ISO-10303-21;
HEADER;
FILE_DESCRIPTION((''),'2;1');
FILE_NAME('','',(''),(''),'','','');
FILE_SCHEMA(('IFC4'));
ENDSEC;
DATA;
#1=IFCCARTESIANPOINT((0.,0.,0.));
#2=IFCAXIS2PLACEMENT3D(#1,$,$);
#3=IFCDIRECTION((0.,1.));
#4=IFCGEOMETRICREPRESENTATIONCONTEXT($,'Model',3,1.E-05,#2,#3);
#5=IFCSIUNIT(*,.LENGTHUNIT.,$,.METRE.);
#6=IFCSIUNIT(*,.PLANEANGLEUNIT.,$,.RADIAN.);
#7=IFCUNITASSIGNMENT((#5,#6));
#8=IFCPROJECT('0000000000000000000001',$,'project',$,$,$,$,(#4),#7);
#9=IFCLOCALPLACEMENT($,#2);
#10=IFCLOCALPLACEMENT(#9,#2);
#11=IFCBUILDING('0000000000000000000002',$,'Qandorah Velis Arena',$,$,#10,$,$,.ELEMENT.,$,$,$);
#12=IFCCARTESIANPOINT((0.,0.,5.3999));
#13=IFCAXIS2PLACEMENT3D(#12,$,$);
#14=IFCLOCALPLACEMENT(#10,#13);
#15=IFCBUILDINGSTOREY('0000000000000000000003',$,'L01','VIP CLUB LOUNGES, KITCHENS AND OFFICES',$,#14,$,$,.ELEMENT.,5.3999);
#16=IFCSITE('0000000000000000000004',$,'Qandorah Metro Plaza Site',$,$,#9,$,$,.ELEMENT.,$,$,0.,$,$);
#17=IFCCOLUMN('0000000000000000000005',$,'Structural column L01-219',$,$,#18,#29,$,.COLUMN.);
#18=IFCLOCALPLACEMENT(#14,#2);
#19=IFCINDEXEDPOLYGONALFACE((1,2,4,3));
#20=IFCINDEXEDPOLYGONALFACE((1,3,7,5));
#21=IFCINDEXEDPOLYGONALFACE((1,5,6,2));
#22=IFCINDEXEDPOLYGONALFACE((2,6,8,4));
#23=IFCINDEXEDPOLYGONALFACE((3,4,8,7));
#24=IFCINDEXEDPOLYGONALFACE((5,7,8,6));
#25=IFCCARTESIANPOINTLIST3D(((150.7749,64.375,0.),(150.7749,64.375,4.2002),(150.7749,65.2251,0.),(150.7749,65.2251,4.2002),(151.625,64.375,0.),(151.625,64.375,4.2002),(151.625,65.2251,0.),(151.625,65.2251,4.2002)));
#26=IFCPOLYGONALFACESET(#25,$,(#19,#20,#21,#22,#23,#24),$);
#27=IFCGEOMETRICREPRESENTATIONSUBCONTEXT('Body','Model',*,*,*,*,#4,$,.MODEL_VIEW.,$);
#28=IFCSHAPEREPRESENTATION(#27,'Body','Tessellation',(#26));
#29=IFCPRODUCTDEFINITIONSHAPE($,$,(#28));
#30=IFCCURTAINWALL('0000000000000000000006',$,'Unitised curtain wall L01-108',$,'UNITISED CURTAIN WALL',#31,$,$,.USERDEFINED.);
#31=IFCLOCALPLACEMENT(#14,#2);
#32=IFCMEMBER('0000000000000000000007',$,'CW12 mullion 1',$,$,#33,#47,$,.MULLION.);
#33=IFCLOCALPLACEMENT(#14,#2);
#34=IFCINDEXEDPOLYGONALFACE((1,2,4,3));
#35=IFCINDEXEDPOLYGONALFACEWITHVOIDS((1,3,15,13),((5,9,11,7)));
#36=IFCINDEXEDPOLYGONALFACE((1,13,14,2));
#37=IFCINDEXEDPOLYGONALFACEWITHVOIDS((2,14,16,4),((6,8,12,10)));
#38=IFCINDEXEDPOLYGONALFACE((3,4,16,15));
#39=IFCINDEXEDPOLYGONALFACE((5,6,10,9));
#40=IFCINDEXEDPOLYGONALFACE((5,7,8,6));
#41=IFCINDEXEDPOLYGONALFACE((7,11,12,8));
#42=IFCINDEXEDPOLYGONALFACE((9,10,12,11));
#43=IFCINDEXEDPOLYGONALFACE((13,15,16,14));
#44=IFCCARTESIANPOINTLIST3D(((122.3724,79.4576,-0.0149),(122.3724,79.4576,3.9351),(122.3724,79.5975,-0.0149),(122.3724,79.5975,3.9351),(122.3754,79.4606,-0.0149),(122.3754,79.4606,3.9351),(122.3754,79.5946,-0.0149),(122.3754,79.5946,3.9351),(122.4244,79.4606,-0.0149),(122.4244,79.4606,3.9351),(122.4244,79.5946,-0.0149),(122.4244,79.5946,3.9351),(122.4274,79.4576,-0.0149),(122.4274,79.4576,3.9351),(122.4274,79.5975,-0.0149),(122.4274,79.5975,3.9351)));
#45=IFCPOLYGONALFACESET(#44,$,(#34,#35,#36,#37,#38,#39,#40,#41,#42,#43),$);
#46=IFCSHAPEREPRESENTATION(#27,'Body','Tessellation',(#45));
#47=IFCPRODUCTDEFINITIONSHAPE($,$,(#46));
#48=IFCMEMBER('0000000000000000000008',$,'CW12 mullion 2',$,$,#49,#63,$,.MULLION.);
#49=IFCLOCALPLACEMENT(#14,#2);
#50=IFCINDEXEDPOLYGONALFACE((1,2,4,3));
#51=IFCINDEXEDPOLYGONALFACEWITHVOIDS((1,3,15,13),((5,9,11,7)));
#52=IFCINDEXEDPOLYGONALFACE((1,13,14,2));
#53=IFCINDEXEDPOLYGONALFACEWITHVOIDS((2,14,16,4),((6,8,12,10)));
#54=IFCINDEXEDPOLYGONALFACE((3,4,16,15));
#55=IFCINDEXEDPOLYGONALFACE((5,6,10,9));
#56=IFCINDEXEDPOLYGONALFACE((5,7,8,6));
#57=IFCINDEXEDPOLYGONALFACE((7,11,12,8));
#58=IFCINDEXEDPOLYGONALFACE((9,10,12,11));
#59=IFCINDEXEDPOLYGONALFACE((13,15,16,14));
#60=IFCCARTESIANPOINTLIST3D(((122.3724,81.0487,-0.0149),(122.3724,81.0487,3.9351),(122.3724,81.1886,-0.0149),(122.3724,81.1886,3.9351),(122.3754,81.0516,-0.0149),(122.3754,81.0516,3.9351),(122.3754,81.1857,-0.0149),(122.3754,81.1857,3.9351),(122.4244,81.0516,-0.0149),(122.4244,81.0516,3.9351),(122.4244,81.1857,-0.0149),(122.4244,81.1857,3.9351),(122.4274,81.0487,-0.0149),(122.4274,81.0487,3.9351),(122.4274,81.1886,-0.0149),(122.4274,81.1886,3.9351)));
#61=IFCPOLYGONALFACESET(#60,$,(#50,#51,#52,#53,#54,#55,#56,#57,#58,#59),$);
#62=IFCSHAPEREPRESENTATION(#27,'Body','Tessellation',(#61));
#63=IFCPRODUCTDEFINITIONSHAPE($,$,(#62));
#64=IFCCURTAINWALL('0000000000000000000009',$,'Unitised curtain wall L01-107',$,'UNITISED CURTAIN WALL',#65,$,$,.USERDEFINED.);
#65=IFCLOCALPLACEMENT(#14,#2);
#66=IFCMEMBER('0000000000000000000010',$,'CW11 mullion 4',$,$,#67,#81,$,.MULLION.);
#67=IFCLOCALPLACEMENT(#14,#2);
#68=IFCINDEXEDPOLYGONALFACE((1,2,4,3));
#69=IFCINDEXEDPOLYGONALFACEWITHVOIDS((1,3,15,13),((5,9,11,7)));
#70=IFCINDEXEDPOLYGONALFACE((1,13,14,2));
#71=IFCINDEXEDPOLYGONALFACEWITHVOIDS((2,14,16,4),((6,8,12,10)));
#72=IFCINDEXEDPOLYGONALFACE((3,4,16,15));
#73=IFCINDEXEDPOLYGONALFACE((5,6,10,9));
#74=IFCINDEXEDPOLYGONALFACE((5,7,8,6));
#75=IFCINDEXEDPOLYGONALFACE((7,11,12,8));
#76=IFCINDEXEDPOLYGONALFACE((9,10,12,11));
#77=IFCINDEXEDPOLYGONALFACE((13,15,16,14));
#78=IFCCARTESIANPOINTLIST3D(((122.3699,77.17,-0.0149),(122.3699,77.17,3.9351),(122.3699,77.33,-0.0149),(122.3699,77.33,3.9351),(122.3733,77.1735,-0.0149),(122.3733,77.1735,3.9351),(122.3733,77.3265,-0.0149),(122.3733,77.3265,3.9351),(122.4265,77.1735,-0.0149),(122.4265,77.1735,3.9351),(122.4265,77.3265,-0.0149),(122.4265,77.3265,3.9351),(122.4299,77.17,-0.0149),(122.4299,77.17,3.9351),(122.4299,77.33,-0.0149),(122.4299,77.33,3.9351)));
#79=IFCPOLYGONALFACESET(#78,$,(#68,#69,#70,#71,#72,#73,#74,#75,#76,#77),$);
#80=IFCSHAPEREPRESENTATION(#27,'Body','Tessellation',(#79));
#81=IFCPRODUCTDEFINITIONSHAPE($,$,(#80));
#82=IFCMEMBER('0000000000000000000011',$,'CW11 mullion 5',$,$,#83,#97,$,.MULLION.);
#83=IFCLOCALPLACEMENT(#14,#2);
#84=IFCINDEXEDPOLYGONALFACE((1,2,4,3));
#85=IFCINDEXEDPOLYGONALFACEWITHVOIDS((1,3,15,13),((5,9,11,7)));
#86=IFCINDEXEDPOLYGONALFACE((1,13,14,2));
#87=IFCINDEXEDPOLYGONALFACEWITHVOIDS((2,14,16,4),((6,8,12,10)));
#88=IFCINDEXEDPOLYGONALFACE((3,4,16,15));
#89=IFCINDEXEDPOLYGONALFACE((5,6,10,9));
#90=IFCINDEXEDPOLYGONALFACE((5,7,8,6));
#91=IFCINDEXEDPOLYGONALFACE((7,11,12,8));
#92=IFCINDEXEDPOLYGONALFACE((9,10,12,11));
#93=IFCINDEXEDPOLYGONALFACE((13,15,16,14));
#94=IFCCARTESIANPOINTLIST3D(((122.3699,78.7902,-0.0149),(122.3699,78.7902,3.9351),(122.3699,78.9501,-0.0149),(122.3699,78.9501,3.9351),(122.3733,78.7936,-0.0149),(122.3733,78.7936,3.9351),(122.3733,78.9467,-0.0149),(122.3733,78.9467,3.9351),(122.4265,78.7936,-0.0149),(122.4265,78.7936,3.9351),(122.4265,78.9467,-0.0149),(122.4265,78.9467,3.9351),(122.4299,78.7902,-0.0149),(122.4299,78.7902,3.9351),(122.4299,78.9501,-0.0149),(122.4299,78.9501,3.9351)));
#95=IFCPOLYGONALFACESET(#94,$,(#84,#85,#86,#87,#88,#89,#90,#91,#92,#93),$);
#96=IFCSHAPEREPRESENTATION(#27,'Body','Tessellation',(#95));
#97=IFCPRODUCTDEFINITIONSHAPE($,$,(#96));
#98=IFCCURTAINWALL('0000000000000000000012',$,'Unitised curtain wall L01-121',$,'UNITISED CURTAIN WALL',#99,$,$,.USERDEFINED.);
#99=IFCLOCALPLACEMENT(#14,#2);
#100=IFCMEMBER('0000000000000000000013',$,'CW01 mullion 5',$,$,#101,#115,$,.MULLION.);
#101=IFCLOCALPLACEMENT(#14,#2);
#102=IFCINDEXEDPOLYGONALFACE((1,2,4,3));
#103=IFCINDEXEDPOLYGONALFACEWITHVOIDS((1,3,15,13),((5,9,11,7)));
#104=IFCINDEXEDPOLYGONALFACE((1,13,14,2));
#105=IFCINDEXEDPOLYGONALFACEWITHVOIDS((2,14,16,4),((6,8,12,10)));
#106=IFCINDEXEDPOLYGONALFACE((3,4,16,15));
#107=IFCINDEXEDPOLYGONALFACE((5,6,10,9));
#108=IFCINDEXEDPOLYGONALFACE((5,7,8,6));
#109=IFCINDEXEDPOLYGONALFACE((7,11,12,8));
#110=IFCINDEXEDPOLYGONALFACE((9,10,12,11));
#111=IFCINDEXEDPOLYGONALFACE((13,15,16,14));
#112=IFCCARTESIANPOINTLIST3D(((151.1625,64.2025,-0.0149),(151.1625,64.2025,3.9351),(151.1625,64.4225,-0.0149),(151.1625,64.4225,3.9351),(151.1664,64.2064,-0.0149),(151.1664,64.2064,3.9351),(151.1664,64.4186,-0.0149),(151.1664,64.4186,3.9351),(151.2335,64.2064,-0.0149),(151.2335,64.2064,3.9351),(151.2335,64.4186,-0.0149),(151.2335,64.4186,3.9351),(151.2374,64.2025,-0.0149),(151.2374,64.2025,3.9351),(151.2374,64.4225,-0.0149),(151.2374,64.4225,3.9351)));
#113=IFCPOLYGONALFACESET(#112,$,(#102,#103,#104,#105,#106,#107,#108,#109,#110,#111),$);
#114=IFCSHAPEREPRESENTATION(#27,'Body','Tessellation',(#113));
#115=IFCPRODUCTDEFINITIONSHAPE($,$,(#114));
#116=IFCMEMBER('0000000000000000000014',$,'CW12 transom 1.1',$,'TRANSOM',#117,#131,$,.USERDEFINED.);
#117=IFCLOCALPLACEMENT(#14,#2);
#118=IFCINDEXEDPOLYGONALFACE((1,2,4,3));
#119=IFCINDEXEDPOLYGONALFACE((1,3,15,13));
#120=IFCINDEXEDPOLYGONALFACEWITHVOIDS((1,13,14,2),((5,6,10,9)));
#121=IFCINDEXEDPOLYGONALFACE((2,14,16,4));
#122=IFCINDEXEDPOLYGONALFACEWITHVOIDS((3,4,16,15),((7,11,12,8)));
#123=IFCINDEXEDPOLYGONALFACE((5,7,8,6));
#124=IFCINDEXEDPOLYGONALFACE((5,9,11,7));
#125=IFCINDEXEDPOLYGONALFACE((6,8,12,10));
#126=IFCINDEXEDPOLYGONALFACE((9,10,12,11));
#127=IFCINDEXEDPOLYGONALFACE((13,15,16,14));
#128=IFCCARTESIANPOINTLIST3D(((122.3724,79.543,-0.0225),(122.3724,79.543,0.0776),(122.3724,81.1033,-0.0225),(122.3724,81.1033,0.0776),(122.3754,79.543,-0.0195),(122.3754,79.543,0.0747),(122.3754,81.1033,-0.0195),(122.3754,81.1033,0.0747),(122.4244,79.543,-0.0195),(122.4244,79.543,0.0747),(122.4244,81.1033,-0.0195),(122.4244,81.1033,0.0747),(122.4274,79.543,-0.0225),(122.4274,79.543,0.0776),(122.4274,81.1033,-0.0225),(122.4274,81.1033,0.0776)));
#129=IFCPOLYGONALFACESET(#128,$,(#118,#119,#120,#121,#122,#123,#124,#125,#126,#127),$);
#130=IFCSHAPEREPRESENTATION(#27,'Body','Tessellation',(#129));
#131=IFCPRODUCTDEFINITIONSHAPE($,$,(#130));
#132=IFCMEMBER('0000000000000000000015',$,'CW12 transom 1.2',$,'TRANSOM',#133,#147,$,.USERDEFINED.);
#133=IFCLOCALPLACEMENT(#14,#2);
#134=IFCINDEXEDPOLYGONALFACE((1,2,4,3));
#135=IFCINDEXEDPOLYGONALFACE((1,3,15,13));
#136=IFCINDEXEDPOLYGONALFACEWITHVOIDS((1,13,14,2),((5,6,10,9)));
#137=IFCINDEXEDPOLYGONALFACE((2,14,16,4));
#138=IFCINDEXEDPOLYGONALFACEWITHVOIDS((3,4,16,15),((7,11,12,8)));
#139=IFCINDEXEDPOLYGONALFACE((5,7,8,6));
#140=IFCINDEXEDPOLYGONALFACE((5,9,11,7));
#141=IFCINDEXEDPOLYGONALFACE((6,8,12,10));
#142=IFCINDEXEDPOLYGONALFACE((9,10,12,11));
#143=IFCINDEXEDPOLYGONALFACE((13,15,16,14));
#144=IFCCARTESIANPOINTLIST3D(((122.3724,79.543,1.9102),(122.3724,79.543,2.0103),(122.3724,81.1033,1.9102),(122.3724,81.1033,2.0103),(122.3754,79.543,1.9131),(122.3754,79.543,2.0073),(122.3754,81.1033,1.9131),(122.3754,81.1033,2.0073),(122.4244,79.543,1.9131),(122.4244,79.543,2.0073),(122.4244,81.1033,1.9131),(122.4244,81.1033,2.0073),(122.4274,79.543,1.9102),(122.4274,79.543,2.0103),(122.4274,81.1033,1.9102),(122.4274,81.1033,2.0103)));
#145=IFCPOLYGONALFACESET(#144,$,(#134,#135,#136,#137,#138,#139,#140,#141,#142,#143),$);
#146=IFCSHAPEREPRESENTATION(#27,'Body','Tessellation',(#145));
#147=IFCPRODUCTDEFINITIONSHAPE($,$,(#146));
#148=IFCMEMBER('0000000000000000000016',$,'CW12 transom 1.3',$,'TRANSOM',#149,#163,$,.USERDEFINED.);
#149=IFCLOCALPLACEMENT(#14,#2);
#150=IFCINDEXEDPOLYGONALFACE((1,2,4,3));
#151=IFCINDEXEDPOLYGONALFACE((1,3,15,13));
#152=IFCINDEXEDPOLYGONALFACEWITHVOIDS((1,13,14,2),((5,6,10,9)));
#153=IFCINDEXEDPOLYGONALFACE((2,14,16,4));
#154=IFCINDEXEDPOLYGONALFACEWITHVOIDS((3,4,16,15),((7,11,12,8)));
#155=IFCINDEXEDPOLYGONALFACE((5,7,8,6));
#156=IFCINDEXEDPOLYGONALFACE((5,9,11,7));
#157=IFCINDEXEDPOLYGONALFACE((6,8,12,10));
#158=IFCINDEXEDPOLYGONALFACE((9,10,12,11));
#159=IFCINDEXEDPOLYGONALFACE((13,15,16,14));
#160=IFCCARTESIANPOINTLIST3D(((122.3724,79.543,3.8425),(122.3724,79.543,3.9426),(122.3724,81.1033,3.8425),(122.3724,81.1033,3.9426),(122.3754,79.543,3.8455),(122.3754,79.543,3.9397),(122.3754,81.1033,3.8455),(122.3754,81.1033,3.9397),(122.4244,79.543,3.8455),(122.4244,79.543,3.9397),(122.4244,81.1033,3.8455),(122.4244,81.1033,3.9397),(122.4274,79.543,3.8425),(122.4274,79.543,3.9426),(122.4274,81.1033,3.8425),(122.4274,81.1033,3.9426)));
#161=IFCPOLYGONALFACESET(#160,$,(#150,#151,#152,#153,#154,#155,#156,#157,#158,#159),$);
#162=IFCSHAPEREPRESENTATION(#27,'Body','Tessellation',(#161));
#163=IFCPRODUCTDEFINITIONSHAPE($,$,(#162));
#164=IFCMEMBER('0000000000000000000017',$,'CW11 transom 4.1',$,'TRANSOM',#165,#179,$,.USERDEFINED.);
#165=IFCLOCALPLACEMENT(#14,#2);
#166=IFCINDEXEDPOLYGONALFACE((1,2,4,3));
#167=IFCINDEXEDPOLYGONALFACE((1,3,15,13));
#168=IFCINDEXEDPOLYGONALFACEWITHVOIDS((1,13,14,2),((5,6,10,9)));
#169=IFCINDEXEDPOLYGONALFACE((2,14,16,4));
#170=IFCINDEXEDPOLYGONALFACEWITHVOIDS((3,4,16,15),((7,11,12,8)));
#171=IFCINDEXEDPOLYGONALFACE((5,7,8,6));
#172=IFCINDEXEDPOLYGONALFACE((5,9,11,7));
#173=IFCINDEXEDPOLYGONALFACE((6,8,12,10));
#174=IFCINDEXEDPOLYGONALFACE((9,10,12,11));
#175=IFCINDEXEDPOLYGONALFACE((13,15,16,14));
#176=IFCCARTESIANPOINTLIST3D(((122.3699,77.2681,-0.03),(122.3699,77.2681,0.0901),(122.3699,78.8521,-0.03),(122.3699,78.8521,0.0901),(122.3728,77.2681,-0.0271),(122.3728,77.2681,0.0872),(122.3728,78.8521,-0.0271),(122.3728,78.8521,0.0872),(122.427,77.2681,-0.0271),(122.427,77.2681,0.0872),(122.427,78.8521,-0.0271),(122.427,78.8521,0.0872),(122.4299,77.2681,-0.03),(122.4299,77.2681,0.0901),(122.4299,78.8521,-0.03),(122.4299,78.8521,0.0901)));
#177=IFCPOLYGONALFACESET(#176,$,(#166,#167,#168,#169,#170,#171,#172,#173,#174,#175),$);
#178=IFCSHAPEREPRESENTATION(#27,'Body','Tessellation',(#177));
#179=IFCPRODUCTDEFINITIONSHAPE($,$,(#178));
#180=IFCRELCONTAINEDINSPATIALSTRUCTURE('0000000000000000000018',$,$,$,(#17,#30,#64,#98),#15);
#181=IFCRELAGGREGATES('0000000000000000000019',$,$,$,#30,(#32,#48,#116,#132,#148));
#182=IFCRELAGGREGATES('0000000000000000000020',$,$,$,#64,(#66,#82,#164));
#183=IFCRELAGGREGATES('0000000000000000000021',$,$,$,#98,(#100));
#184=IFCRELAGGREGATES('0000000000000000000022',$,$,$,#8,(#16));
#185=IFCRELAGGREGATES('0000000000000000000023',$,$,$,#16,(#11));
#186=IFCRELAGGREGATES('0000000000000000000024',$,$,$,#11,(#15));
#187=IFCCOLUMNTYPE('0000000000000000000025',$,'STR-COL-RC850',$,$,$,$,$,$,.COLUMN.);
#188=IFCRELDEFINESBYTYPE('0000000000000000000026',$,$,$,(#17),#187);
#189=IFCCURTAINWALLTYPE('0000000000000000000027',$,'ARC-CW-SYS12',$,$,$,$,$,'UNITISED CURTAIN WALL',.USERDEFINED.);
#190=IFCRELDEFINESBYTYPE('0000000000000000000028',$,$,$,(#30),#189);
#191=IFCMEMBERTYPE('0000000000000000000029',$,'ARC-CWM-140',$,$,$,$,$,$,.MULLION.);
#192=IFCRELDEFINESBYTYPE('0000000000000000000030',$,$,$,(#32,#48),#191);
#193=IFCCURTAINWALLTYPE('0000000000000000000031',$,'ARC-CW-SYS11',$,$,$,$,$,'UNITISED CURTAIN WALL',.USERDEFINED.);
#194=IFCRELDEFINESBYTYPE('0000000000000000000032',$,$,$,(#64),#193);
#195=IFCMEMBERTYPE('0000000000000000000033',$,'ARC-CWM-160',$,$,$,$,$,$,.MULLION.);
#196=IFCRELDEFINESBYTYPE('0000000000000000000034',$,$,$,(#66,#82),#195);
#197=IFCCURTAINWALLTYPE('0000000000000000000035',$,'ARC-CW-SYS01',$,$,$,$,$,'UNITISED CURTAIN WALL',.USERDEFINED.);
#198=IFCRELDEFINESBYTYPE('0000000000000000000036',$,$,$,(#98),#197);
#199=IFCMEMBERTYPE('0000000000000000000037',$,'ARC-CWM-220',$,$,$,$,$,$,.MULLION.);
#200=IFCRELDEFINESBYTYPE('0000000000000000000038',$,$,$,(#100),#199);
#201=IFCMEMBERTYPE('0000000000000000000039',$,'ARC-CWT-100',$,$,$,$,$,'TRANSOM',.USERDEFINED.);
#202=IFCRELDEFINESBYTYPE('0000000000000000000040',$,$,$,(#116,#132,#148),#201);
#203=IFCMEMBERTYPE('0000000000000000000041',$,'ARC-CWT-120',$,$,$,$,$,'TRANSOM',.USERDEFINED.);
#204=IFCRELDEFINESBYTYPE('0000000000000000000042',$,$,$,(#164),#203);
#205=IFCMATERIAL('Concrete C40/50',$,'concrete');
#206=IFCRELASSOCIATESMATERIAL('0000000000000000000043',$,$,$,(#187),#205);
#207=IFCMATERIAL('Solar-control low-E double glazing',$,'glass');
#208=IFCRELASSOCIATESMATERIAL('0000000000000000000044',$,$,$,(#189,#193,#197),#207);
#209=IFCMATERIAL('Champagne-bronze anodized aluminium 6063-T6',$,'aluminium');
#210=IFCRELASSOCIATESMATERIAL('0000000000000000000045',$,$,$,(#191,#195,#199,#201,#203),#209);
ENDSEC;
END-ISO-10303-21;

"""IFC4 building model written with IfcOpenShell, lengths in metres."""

from ifc_helpers import new_model, si_unit, direction, frame, origin, origin_2d, place, context, subcontext, project, spatial, rectangle, hollow_rectangle, extrude, material, material_profile, profile_set, type_object, element, aggregate, save


model = new_model("IFC4")

# Units and contexts
model_context = context("Model", 3, precision=1e-05, world=origin(), true_north=direction((0.0, 1.0)))
body_context = subcontext(model_context, "Body", "Model", "MODEL_VIEW")
ifc_project = project(units=[si_unit("LENGTHUNIT", "METRE"), si_unit("PLANEANGLEUNIT", "RADIAN")], contexts=[model_context])

# Site, building, storey
site_placement = place(None, origin())
site = spatial("IfcSite", under=ifc_project, at=site_placement, Name="Qandorah Metro Plaza Site", CompositionType="ELEMENT", RefElevation=0.0)
building_placement = place(site_placement, origin())
building = spatial("IfcBuilding", under=site, at=building_placement, Name="Qandorah Velis Arena", CompositionType="ELEMENT")
storey_placement = place(building_placement, frame((0.0, 0.0, 5.3999)))
storey = spatial("IfcBuildingStorey", under=building, at=storey_placement, Name="L01", Description="VIP CLUB LOUNGES, KITCHENS AND OFFICES", CompositionType="ELEMENT", Elevation=5.3999)

# Column
ifc_material_1 = material(Name="Concrete C40/50", Category="concrete")
ifc_material_profile_1 = material_profile(ifc_material_1, rectangle(XDim=0.8501, YDim=0.8501, at=origin_2d()), Name="RC COL 850x850")
ifc_profile_set_1 = profile_set([ifc_material_profile_1], Name="Concrete C40/50")
column_type = type_object("IfcColumnType", Name="STR-COL-RC850", PredefinedType="COLUMN", material=ifc_profile_set_1)
column_placement = place(storey_placement, frame((151.2, 64.8, 0.0), z_axis=(0.0, 0.0, 1.0), x_axis=(1.0, 0.0, 0.0)))
element("IfcColumn", 1, at=column_placement, inside=storey, type_object=column_type, Name="Structural column L01-219", PredefinedType="COLUMN", context=body_context, shape_type="SweptSolid", body=[
    extrude(rectangle(XDim=0.8501, YDim=0.8501, at=origin_2d()), origin(), (0.0, 0.0, 1.0), 4.2002),
])

# Curtain walls, members
ifc_material_2 = material(Name="Solar-control low-E double glazing", Category="glass")
curtain_wall_type_1 = type_object("IfcCurtainWallType", Name="ARC-CW-SYS12", ElementType="UNITISED CURTAIN WALL", PredefinedType="USERDEFINED", material=ifc_material_2)
curtain_wall_1_placement = place(storey_placement, origin())
curtain_wall_1 = element("IfcCurtainWall", 2, at=curtain_wall_1_placement, inside=storey, type_object=curtain_wall_type_1, Name="Unitised curtain wall L01-108", ObjectType="UNITISED CURTAIN WALL", PredefinedType="USERDEFINED")
ifc_material_3 = material(Name="Champagne-bronze anodized aluminium 6063-T6", Category="aluminium")
ifc_material_profile_2 = material_profile(ifc_material_3, hollow_rectangle(XDim=0.0549, YDim=0.1399, WallThickness=0.0029, at=origin_2d()), Name="ALU MULLION 55x140")
ifc_profile_set_2 = profile_set([ifc_material_profile_2], Name="Champagne-bronze anodized aluminium 6063-T6")
member_type_1 = type_object("IfcMemberType", Name="ARC-CWM-140", PredefinedType="MULLION", material=ifc_profile_set_2)
member_1_placement = place(storey_placement, frame((122.3999, 79.5276, -0.0149), z_axis=(0.0, 0.0, 1.0), x_axis=(-1.0, 0.0, 0.0)))
member_1 = element("IfcMember", 3, at=member_1_placement, type_object=member_type_1, Name="CW12 mullion 1", PredefinedType="MULLION", context=body_context, shape_type="SweptSolid", body=[
    extrude(hollow_rectangle(XDim=0.0549, YDim=0.1399, WallThickness=0.0029, at=origin_2d()), origin(), (0.0, 0.0, 1.0), 3.95),
])
member_2_placement = place(storey_placement, frame((122.3999, 81.1187, -0.0149), z_axis=(0.0, 0.0, 1.0), x_axis=(-1.0, 0.0, 0.0)))
member_2 = element("IfcMember", 4, at=member_2_placement, type_object=member_type_1, Name="CW12 mullion 2", PredefinedType="MULLION", context=body_context, shape_type="SweptSolid", body=[
    extrude(hollow_rectangle(XDim=0.0549, YDim=0.1399, WallThickness=0.0029, at=origin_2d()), origin(), (0.0, 0.0, 1.0), 3.95),
])
curtain_wall_type_2 = type_object("IfcCurtainWallType", Name="ARC-CW-SYS11", ElementType="UNITISED CURTAIN WALL", PredefinedType="USERDEFINED", material=ifc_material_2)
curtain_wall_2_placement = place(storey_placement, origin())
curtain_wall_2 = element("IfcCurtainWall", 5, at=curtain_wall_2_placement, inside=storey, type_object=curtain_wall_type_2, Name="Unitised curtain wall L01-107", ObjectType="UNITISED CURTAIN WALL", PredefinedType="USERDEFINED")
ifc_material_profile_3 = material_profile(ifc_material_3, hollow_rectangle(XDim=0.0601, YDim=0.1599, WallThickness=0.0034, at=origin_2d()), Name="ALU MULLION 60x160")
ifc_profile_set_3 = profile_set([ifc_material_profile_3], Name="Champagne-bronze anodized aluminium 6063-T6")
member_type_2 = type_object("IfcMemberType", Name="ARC-CWM-160", PredefinedType="MULLION", material=ifc_profile_set_3)
member_3_placement = place(storey_placement, frame((122.3999, 77.25, -0.0149), z_axis=(0.0, 0.0, 1.0), x_axis=(-1.0, 0.0, 0.0)))
member_3 = element("IfcMember", 6, at=member_3_placement, type_object=member_type_2, Name="CW11 mullion 4", PredefinedType="MULLION", context=body_context, shape_type="SweptSolid", body=[
    extrude(hollow_rectangle(XDim=0.0601, YDim=0.1599, WallThickness=0.0034, at=origin_2d()), origin(), (0.0, 0.0, 1.0), 3.95),
])
member_4_placement = place(storey_placement, frame((122.3999, 78.8701, -0.0149), z_axis=(0.0, 0.0, 1.0), x_axis=(-1.0, 0.0, 0.0)))
member_4 = element("IfcMember", 7, at=member_4_placement, type_object=member_type_2, Name="CW11 mullion 5", PredefinedType="MULLION", context=body_context, shape_type="SweptSolid", body=[
    extrude(hollow_rectangle(XDim=0.0601, YDim=0.1599, WallThickness=0.0034, at=origin_2d()), origin(), (0.0, 0.0, 1.0), 3.95),
])

# Curtain wall, member
curtain_wall_type_3 = type_object("IfcCurtainWallType", Name="ARC-CW-SYS01", ElementType="UNITISED CURTAIN WALL", PredefinedType="USERDEFINED", material=ifc_material_2)
curtain_wall_3_placement = place(storey_placement, origin())
curtain_wall_3 = element("IfcCurtainWall", 8, at=curtain_wall_3_placement, inside=storey, type_object=curtain_wall_type_3, Name="Unitised curtain wall L01-121", ObjectType="UNITISED CURTAIN WALL", PredefinedType="USERDEFINED")
ifc_material_profile_4 = material_profile(ifc_material_3, hollow_rectangle(XDim=0.075, YDim=0.22, WallThickness=0.0039, at=origin_2d()), Name="ALU MULLION 75x220")
ifc_profile_set_4 = profile_set([ifc_material_profile_4], Name="Champagne-bronze anodized aluminium 6063-T6")
member_type_3 = type_object("IfcMemberType", Name="ARC-CWM-220", PredefinedType="MULLION", material=ifc_profile_set_4)
member_5_placement = place(storey_placement, frame((151.2, 64.3125, -0.0149), z_axis=(0.0, 0.0, 1.0), x_axis=(-1.0, 0.0, 0.0)))
member_5 = element("IfcMember", 9, at=member_5_placement, type_object=member_type_3, Name="CW01 mullion 5", PredefinedType="MULLION", context=body_context, shape_type="SweptSolid", body=[
    extrude(hollow_rectangle(XDim=0.075, YDim=0.22, WallThickness=0.0039, at=origin_2d()), origin(), (0.0, 0.0, 1.0), 3.95),
])

# Members
ifc_material_profile_5 = material_profile(ifc_material_3, hollow_rectangle(XDim=0.0549, YDim=0.1001, WallThickness=0.0029, at=origin_2d()), Name="ALU TRANSOM 55x100")
ifc_profile_set_5 = profile_set([ifc_material_profile_5], Name="Champagne-bronze anodized aluminium 6063-T6")
member_type_4 = type_object("IfcMemberType", Name="ARC-CWT-100", ElementType="TRANSOM", PredefinedType="USERDEFINED", material=ifc_profile_set_5)
member_6_placement = place(storey_placement, frame((122.3999, 79.543, 0.0276), z_axis=(0.0, 1.0, 0.0), x_axis=(-1.0, 0.0, 0.0)))
member_6 = element("IfcMember", 10, at=member_6_placement, type_object=member_type_4, Name="CW12 transom 1.1", ObjectType="TRANSOM", PredefinedType="USERDEFINED", context=body_context, shape_type="SweptSolid", body=[
    extrude(hollow_rectangle(XDim=0.0549, YDim=0.1001, WallThickness=0.0029, at=origin_2d()), origin(), (0.0, 0.0, 1.0), 1.5603),
])
member_7_placement = place(storey_placement, frame((122.3999, 79.543, 1.9602), z_axis=(0.0, 1.0, 0.0), x_axis=(-1.0, 0.0, 0.0)))
member_7 = element("IfcMember", 11, at=member_7_placement, type_object=member_type_4, Name="CW12 transom 1.2", ObjectType="TRANSOM", PredefinedType="USERDEFINED", context=body_context, shape_type="SweptSolid", body=[
    extrude(hollow_rectangle(XDim=0.0549, YDim=0.1001, WallThickness=0.0029, at=origin_2d()), origin(), (0.0, 0.0, 1.0), 1.5603),
])
member_8_placement = place(storey_placement, frame((122.3999, 79.543, 3.8926), z_axis=(0.0, 1.0, 0.0), x_axis=(-1.0, 0.0, 0.0)))
member_8 = element("IfcMember", 12, at=member_8_placement, type_object=member_type_4, Name="CW12 transom 1.3", ObjectType="TRANSOM", PredefinedType="USERDEFINED", context=body_context, shape_type="SweptSolid", body=[
    extrude(hollow_rectangle(XDim=0.0549, YDim=0.1001, WallThickness=0.0029, at=origin_2d()), origin(), (0.0, 0.0, 1.0), 1.5603),
])
ifc_material_profile_6 = material_profile(ifc_material_3, hollow_rectangle(XDim=0.0601, YDim=0.1201, WallThickness=0.0029, at=origin_2d()), Name="ALU TRANSOM 60x120")
ifc_profile_set_6 = profile_set([ifc_material_profile_6], Name="Champagne-bronze anodized aluminium 6063-T6")
member_type_5 = type_object("IfcMemberType", Name="ARC-CWT-120", ElementType="TRANSOM", PredefinedType="USERDEFINED", material=ifc_profile_set_6)
member_9_placement = place(storey_placement, frame((122.3999, 77.2681, 0.03), z_axis=(0.0, 1.0, 0.0), x_axis=(-1.0, 0.0, 0.0)))
member_9 = element("IfcMember", 13, at=member_9_placement, type_object=member_type_5, Name="CW11 transom 4.1", ObjectType="TRANSOM", PredefinedType="USERDEFINED", context=body_context, shape_type="SweptSolid", body=[
    extrude(hollow_rectangle(XDim=0.0601, YDim=0.1201, WallThickness=0.0029, at=origin_2d()), origin(), (0.0, 0.0, 1.0), 1.584),
])

aggregate(curtain_wall_1, [member_1, member_2, member_6, member_7, member_8])
aggregate(curtain_wall_2, [member_3, member_4, member_9])
aggregate(curtain_wall_3, [member_5])

save(model, "model.ifc")
